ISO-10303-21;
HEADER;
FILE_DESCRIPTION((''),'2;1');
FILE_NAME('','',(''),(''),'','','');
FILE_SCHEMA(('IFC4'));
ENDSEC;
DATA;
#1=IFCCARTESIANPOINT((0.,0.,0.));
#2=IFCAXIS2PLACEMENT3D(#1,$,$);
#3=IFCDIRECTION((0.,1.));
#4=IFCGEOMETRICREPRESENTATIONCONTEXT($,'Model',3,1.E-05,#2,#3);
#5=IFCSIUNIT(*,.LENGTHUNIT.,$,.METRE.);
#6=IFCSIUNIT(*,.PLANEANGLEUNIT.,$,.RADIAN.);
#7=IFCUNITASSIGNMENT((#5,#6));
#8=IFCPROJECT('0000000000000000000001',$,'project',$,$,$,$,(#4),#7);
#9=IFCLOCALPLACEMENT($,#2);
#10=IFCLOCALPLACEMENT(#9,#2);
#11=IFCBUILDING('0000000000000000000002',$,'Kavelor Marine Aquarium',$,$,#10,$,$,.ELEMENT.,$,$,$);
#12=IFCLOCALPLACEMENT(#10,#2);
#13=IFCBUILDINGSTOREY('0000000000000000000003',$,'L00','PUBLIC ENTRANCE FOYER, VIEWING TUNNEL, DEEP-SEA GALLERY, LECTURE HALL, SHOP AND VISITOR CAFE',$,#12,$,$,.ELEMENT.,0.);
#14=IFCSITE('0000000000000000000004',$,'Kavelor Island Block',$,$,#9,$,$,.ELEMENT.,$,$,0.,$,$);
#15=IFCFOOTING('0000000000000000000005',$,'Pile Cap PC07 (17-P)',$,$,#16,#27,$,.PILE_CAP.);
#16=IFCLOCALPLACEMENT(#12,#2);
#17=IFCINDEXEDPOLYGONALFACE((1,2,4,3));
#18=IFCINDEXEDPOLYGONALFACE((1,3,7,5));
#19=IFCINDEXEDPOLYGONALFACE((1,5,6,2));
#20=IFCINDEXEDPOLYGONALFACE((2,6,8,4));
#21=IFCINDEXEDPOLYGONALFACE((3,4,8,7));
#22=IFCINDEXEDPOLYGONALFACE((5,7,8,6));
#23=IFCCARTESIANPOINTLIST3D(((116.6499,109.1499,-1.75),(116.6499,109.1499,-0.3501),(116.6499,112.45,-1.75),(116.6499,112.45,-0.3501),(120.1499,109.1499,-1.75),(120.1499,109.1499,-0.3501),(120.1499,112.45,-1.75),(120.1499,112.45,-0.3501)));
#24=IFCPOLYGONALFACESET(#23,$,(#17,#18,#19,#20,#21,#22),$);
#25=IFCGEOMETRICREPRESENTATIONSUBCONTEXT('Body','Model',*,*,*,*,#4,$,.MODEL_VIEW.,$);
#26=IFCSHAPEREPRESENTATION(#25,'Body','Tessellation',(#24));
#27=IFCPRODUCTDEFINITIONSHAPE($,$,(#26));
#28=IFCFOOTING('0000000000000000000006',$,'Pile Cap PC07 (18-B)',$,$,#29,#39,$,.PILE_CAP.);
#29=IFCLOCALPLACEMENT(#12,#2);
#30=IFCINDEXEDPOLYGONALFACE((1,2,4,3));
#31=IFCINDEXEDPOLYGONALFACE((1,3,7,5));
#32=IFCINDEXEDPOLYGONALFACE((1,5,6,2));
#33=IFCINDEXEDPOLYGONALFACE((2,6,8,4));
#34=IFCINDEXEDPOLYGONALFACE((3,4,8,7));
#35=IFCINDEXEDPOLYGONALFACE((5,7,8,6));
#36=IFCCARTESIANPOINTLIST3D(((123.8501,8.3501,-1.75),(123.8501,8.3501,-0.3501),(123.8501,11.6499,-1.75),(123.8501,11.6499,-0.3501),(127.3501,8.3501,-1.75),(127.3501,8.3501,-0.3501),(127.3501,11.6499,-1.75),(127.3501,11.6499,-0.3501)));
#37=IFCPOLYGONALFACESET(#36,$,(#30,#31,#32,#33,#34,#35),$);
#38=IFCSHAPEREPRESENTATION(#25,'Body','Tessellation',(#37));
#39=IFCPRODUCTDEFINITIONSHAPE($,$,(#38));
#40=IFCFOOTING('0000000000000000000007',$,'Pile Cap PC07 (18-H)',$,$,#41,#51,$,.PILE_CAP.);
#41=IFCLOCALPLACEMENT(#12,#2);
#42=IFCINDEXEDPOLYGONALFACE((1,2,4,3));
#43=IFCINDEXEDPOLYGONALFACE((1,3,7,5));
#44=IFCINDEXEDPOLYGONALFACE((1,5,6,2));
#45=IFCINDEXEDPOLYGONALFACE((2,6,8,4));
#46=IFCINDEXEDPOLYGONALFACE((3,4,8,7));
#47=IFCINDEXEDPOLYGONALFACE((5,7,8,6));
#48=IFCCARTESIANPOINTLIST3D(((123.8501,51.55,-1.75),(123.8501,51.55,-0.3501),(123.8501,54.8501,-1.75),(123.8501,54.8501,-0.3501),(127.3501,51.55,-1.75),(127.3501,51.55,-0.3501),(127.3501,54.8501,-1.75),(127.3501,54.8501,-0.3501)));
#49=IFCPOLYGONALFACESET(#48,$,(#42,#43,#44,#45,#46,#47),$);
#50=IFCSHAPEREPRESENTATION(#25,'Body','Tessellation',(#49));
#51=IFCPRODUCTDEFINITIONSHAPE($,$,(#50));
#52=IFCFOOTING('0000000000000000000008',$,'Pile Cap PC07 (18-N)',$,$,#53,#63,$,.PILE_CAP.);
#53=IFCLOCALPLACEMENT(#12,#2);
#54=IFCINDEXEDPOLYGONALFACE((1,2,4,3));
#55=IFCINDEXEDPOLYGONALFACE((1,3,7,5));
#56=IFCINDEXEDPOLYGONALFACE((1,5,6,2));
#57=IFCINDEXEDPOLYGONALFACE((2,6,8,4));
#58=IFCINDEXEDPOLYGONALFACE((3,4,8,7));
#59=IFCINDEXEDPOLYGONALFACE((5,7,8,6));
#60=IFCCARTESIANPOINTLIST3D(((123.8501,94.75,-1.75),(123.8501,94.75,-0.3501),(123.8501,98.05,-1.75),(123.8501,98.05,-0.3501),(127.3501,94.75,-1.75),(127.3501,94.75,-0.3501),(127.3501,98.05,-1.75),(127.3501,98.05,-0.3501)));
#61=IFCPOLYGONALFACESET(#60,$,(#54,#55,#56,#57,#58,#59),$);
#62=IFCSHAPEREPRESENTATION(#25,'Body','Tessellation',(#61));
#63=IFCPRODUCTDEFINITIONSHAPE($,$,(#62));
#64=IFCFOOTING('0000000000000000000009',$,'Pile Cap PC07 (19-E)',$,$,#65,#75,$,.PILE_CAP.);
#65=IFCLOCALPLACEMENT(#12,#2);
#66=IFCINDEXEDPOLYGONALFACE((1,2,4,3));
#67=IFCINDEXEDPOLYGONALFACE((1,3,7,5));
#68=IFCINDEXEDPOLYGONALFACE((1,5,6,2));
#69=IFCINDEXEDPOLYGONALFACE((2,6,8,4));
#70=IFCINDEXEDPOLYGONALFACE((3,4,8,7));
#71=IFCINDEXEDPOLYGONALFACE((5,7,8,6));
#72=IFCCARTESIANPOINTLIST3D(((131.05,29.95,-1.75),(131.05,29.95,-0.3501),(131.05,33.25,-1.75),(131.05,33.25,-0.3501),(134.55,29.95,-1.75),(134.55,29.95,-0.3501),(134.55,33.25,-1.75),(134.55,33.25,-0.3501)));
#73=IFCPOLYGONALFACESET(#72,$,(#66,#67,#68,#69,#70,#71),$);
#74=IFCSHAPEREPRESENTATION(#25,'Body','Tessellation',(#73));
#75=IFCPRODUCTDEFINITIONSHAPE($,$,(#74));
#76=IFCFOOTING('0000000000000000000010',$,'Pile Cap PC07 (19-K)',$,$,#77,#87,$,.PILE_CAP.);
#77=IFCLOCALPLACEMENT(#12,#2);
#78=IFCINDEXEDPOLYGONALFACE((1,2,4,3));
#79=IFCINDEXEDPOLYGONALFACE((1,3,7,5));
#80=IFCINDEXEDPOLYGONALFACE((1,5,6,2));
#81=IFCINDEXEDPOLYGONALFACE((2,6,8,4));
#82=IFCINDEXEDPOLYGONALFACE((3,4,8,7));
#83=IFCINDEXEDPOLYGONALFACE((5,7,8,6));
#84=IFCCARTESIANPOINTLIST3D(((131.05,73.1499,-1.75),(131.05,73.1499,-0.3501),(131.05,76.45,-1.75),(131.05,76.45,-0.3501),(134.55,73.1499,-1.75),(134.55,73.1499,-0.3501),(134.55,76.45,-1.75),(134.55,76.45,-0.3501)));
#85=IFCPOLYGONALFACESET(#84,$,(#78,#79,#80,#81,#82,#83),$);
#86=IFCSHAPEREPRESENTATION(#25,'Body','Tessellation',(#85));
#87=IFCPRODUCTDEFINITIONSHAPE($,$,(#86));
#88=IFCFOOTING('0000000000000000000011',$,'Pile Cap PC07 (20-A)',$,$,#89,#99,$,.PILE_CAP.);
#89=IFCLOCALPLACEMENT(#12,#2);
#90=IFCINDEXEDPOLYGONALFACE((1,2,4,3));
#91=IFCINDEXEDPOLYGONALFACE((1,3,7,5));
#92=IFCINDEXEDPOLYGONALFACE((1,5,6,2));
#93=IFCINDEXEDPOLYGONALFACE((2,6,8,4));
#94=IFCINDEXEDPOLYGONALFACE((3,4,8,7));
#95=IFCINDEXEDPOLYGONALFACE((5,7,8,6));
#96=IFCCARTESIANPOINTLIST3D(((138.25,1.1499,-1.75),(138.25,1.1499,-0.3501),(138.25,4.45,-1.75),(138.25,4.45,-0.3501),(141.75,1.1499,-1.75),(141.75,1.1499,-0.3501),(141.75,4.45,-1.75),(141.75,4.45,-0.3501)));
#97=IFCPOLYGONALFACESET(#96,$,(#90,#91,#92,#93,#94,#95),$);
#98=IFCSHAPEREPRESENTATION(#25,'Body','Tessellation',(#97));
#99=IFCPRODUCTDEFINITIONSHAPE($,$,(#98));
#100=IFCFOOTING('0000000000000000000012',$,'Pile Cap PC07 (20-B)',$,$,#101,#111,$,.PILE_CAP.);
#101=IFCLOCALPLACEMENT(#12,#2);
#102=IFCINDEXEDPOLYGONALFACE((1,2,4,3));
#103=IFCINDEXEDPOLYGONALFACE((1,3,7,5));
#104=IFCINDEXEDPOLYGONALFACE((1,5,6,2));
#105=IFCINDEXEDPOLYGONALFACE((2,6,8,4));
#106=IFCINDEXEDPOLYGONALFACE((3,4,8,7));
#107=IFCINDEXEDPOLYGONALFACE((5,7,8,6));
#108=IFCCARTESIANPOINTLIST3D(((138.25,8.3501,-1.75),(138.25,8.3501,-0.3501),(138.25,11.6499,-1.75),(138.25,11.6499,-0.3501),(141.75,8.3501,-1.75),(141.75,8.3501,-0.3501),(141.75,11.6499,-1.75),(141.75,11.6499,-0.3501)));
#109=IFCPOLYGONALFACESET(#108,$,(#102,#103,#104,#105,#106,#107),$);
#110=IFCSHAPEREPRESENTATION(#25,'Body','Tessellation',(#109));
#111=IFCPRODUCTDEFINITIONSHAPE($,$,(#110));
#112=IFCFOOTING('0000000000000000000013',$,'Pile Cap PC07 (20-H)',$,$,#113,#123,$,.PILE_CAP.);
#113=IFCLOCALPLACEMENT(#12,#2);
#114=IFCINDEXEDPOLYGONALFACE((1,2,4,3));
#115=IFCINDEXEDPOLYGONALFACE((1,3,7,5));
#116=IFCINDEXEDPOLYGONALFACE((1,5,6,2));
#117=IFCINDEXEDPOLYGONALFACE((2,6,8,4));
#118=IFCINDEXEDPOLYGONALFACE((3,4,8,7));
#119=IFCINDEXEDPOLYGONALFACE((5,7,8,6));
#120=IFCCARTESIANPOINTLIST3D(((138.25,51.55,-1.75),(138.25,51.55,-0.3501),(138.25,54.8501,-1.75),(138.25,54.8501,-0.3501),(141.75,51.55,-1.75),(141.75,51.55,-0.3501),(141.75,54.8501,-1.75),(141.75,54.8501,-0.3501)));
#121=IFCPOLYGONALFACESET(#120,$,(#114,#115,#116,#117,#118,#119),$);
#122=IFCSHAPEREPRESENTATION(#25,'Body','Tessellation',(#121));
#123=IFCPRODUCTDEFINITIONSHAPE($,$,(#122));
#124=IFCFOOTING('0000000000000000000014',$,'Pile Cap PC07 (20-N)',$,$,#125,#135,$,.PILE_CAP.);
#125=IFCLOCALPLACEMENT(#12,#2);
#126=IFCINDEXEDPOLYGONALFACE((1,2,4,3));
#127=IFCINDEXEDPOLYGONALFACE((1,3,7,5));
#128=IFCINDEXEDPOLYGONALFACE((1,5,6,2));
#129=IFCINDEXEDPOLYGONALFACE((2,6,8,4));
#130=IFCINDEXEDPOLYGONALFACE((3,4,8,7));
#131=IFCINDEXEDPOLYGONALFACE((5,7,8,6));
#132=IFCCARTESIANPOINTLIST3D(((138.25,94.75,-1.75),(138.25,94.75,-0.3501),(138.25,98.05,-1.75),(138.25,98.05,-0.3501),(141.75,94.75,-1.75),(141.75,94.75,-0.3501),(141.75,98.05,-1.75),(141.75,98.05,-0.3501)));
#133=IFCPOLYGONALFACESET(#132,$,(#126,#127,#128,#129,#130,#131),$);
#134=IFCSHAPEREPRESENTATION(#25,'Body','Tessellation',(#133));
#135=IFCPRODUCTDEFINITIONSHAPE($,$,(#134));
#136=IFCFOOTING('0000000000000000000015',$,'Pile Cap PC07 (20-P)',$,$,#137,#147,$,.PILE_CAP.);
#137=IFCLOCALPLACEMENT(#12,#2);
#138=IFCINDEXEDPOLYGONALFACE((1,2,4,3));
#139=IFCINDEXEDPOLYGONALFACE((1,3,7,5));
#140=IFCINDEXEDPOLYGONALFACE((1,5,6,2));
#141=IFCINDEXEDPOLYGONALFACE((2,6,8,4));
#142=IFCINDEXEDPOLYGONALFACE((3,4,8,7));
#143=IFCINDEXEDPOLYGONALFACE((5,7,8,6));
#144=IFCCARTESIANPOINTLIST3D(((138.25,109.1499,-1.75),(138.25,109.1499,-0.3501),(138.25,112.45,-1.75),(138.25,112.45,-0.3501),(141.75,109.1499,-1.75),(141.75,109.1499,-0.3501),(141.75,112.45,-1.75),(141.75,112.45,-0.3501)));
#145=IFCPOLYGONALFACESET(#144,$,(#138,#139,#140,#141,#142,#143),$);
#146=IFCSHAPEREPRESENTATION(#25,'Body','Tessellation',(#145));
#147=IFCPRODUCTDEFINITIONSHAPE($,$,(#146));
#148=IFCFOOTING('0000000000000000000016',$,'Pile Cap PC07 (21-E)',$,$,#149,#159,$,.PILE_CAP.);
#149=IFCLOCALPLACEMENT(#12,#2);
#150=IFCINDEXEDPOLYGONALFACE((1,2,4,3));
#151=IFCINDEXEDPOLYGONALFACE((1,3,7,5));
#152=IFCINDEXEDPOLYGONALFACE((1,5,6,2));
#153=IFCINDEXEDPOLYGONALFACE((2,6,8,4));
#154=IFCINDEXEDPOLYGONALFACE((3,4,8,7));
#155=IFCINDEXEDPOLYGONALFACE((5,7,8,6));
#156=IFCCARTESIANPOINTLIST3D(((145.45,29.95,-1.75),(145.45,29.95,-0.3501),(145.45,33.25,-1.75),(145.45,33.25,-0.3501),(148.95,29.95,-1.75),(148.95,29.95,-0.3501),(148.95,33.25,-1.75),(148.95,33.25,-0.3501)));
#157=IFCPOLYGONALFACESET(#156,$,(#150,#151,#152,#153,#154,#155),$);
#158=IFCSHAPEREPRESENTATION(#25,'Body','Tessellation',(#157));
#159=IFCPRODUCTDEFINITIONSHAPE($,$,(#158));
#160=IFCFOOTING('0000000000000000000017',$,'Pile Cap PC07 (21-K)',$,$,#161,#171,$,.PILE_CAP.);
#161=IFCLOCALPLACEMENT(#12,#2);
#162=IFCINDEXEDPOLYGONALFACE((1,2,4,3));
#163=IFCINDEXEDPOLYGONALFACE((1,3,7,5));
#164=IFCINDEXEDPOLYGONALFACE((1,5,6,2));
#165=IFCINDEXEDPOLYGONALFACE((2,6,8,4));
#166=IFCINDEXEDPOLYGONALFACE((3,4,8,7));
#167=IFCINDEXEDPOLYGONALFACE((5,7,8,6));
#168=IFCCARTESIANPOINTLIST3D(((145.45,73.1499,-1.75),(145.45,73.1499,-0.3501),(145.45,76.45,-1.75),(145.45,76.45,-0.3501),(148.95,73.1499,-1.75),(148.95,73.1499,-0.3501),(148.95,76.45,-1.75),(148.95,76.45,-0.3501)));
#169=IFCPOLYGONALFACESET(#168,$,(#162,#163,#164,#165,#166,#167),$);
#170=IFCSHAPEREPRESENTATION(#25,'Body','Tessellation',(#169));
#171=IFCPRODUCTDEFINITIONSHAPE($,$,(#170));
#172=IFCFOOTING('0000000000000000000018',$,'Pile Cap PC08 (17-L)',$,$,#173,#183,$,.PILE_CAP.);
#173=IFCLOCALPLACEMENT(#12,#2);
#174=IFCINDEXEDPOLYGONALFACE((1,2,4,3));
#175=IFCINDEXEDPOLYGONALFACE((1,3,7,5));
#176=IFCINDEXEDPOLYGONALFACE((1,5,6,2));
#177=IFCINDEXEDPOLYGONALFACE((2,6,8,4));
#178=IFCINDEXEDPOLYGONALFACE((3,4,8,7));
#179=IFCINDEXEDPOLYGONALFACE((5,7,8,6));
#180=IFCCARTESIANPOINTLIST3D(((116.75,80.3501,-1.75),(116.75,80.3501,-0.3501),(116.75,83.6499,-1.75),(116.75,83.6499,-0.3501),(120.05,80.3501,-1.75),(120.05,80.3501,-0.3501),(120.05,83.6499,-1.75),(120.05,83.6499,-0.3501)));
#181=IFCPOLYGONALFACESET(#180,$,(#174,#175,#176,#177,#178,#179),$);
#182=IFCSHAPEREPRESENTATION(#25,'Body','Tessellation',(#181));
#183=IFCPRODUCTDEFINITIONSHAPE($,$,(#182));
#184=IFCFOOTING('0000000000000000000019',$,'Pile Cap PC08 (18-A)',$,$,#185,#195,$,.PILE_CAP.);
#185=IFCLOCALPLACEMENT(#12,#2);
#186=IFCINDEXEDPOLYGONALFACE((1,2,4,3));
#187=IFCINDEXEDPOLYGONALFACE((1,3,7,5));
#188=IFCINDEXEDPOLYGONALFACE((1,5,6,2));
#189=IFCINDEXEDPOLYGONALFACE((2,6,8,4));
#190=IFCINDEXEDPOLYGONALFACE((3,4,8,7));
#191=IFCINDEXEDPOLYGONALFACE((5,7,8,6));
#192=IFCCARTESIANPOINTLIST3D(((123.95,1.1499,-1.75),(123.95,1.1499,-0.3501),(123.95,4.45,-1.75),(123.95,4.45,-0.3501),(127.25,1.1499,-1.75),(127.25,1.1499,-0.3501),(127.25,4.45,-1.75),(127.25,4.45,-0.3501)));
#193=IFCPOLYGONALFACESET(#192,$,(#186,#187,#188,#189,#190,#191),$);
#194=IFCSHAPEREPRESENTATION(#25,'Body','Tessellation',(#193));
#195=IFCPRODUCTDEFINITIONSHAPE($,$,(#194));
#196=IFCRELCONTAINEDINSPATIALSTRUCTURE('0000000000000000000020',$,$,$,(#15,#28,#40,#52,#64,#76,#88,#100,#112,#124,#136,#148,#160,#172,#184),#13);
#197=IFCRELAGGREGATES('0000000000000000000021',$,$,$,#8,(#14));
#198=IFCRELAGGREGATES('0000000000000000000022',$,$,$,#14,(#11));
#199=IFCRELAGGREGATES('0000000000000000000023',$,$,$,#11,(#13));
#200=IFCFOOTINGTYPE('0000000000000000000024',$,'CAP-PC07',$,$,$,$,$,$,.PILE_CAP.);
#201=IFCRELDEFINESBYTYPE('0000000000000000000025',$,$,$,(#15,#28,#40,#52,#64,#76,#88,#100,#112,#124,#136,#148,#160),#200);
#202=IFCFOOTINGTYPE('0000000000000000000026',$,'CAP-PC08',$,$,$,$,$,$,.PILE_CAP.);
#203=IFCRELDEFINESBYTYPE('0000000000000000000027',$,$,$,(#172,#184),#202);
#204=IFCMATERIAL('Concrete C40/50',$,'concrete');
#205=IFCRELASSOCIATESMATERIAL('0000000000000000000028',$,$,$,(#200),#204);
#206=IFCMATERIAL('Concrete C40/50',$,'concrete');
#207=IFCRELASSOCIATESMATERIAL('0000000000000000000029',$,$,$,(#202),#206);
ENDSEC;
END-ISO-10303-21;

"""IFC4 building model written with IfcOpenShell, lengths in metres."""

from ifc_helpers import new_model, si_unit, direction, frame, origin, place, context, subcontext, project, spatial, polyline, outline, extrude, material, type_object, element, save


model = new_model("IFC4")

# Units and contexts
model_context = context("Model", 3, precision=1e-05, world=origin(), true_north=direction((0.0, 1.0)))
body_context = subcontext(model_context, "Body", "Model", "MODEL_VIEW")
ifc_project = project(units=[si_unit("LENGTHUNIT", "METRE"), si_unit("PLANEANGLEUNIT", "RADIAN")], contexts=[model_context])

# Site, building, storey
site_placement = place(None, origin())
site = spatial("IfcSite", under=ifc_project, at=site_placement, Name="Kavelor Island Block", CompositionType="ELEMENT", RefElevation=0.0)
building_placement = place(site_placement, origin())
building = spatial("IfcBuilding", under=site, at=building_placement, Name="Kavelor Marine Aquarium", CompositionType="ELEMENT")
storey_placement = place(building_placement, origin())
storey = spatial("IfcBuildingStorey", under=building, at=storey_placement, Name="L00", Description="PUBLIC ENTRANCE FOYER, VIEWING TUNNEL, DEEP-SEA GALLERY, LECTURE HALL, SHOP AND VISITOR CAFE", CompositionType="ELEMENT", Elevation=0.0)

# Footings
ifc_material_1 = material(Name="Concrete C40/50", Category="concrete")
footing_type_1 = type_object("IfcFootingType", Name="CAP-PC07", PredefinedType="PILE_CAP", material=ifc_material_1)
footing_1_placement = place(storey_placement, frame((0.0, 0.0, -1.75)))
element("IfcFooting", 1, at=footing_1_placement, inside=storey, type_object=footing_type_1, Name="Pile Cap PC07 (17-P)", PredefinedType="PILE_CAP", context=body_context, shape_type="SweptSolid", body=[
    extrude(outline(polyline([(116.6499, 109.1499), (120.1499, 109.1499), (120.1499, 112.45), (116.6499, 112.45), (116.6499, 109.1499)])), origin(), (0.0, 0.0, 1.0), 1.3999),
])
footing_2_placement = place(storey_placement, frame((0.0, 0.0, -1.75)))
element("IfcFooting", 2, at=footing_2_placement, inside=storey, type_object=footing_type_1, Name="Pile Cap PC07 (18-B)", PredefinedType="PILE_CAP", context=body_context, shape_type="SweptSolid", body=[
    extrude(outline(polyline([(123.8501, 8.3501), (127.3501, 8.3501), (127.3501, 11.6499), (123.8501, 11.6499), (123.8501, 8.3501)])), origin(), (0.0, 0.0, 1.0), 1.3999),
])
footing_3_placement = place(storey_placement, frame((0.0, 0.0, -1.75)))
element("IfcFooting", 3, at=footing_3_placement, inside=storey, type_object=footing_type_1, Name="Pile Cap PC07 (18-H)", PredefinedType="PILE_CAP", context=body_context, shape_type="SweptSolid", body=[
    extrude(outline(polyline([(123.8501, 51.55), (127.3501, 51.55), (127.3501, 54.8501), (123.8501, 54.8501), (123.8501, 51.55)])), origin(), (0.0, 0.0, 1.0), 1.3999),
])
footing_4_placement = place(storey_placement, frame((0.0, 0.0, -1.75)))
element("IfcFooting", 4, at=footing_4_placement, inside=storey, type_object=footing_type_1, Name="Pile Cap PC07 (18-N)", PredefinedType="PILE_CAP", context=body_context, shape_type="SweptSolid", body=[
    extrude(outline(polyline([(123.8501, 94.75), (127.3501, 94.75), (127.3501, 98.05), (123.8501, 98.05), (123.8501, 94.75)])), origin(), (0.0, 0.0, 1.0), 1.3999),
])
footing_5_placement = place(storey_placement, frame((0.0, 0.0, -1.75)))
element("IfcFooting", 5, at=footing_5_placement, inside=storey, type_object=footing_type_1, Name="Pile Cap PC07 (19-E)", PredefinedType="PILE_CAP", context=body_context, shape_type="SweptSolid", body=[
    extrude(outline(polyline([(131.05, 29.95), (134.55, 29.95), (134.55, 33.25), (131.05, 33.25), (131.05, 29.95)])), origin(), (0.0, 0.0, 1.0), 1.3999),
])
footing_6_placement = place(storey_placement, frame((0.0, 0.0, -1.75)))
element("IfcFooting", 6, at=footing_6_placement, inside=storey, type_object=footing_type_1, Name="Pile Cap PC07 (19-K)", PredefinedType="PILE_CAP", context=body_context, shape_type="SweptSolid", body=[
    extrude(outline(polyline([(131.05, 73.1499), (134.55, 73.1499), (134.55, 76.45), (131.05, 76.45), (131.05, 73.1499)])), origin(), (0.0, 0.0, 1.0), 1.3999),
])
footing_7_placement = place(storey_placement, frame((0.0, 0.0, -1.75)))
element("IfcFooting", 7, at=footing_7_placement, inside=storey, type_object=footing_type_1, Name="Pile Cap PC07 (20-A)", PredefinedType="PILE_CAP", context=body_context, shape_type="SweptSolid", body=[
    extrude(outline(polyline([(138.25, 1.1499), (141.75, 1.1499), (141.75, 4.45), (138.25, 4.45), (138.25, 1.1499)])), origin(), (0.0, 0.0, 1.0), 1.3999),
])
footing_8_placement = place(storey_placement, frame((0.0, 0.0, -1.75)))
element("IfcFooting", 8, at=footing_8_placement, inside=storey, type_object=footing_type_1, Name="Pile Cap PC07 (20-B)", PredefinedType="PILE_CAP", context=body_context, shape_type="SweptSolid", body=[
    extrude(outline(polyline([(138.25, 8.3501), (141.75, 8.3501), (141.75, 11.6499), (138.25, 11.6499), (138.25, 8.3501)])), origin(), (0.0, 0.0, 1.0), 1.3999),
])
footing_9_placement = place(storey_placement, frame((0.0, 0.0, -1.75)))
element("IfcFooting", 9, at=footing_9_placement, inside=storey, type_object=footing_type_1, Name="Pile Cap PC07 (20-H)", PredefinedType="PILE_CAP", context=body_context, shape_type="SweptSolid", body=[
    extrude(outline(polyline([(138.25, 51.55), (141.75, 51.55), (141.75, 54.8501), (138.25, 54.8501), (138.25, 51.55)])), origin(), (0.0, 0.0, 1.0), 1.3999),
])
footing_10_placement = place(storey_placement, frame((0.0, 0.0, -1.75)))
element("IfcFooting", 10, at=footing_10_placement, inside=storey, type_object=footing_type_1, Name="Pile Cap PC07 (20-N)", PredefinedType="PILE_CAP", context=body_context, shape_type="SweptSolid", body=[
    extrude(outline(polyline([(138.25, 94.75), (141.75, 94.75), (141.75, 98.05), (138.25, 98.05), (138.25, 94.75)])), origin(), (0.0, 0.0, 1.0), 1.3999),
])
footing_11_placement = place(storey_placement, frame((0.0, 0.0, -1.75)))
element("IfcFooting", 11, at=footing_11_placement, inside=storey, type_object=footing_type_1, Name="Pile Cap PC07 (20-P)", PredefinedType="PILE_CAP", context=body_context, shape_type="SweptSolid", body=[
    extrude(outline(polyline([(138.25, 109.1499), (141.75, 109.1499), (141.75, 112.45), (138.25, 112.45), (138.25, 109.1499)])), origin(), (0.0, 0.0, 1.0), 1.3999),
])
footing_12_placement = place(storey_placement, frame((0.0, 0.0, -1.75)))
element("IfcFooting", 12, at=footing_12_placement, inside=storey, type_object=footing_type_1, Name="Pile Cap PC07 (21-E)", PredefinedType="PILE_CAP", context=body_context, shape_type="SweptSolid", body=[
    extrude(outline(polyline([(145.45, 29.95), (148.95, 29.95), (148.95, 33.25), (145.45, 33.25), (145.45, 29.95)])), origin(), (0.0, 0.0, 1.0), 1.3999),
])
footing_13_placement = place(storey_placement, frame((0.0, 0.0, -1.75)))
element("IfcFooting", 13, at=footing_13_placement, inside=storey, type_object=footing_type_1, Name="Pile Cap PC07 (21-K)", PredefinedType="PILE_CAP", context=body_context, shape_type="SweptSolid", body=[
    extrude(outline(polyline([(145.45, 73.1499), (148.95, 73.1499), (148.95, 76.45), (145.45, 76.45), (145.45, 73.1499)])), origin(), (0.0, 0.0, 1.0), 1.3999),
])
ifc_material_2 = material(Name="Concrete C40/50", Category="concrete")
footing_type_2 = type_object("IfcFootingType", Name="CAP-PC08", PredefinedType="PILE_CAP", material=ifc_material_2)
footing_14_placement = place(storey_placement, frame((0.0, 0.0, -1.75)))
element("IfcFooting", 14, at=footing_14_placement, inside=storey, type_object=footing_type_2, Name="Pile Cap PC08 (17-L)", PredefinedType="PILE_CAP", context=body_context, shape_type="SweptSolid", body=[
    extrude(outline(polyline([(116.75, 80.3501), (120.05, 80.3501), (120.05, 83.6499), (116.75, 83.6499), (116.75, 80.3501)])), origin(), (0.0, 0.0, 1.0), 1.3999),
])
footing_15_placement = place(storey_placement, frame((0.0, 0.0, -1.75)))
element("IfcFooting", 15, at=footing_15_placement, inside=storey, type_object=footing_type_2, Name="Pile Cap PC08 (18-A)", PredefinedType="PILE_CAP", context=body_context, shape_type="SweptSolid", body=[
    extrude(outline(polyline([(123.95, 1.1499), (127.25, 1.1499), (127.25, 4.45), (123.95, 4.45), (123.95, 1.1499)])), origin(), (0.0, 0.0, 1.0), 1.3999),
])

save(model, "model.ifc")
